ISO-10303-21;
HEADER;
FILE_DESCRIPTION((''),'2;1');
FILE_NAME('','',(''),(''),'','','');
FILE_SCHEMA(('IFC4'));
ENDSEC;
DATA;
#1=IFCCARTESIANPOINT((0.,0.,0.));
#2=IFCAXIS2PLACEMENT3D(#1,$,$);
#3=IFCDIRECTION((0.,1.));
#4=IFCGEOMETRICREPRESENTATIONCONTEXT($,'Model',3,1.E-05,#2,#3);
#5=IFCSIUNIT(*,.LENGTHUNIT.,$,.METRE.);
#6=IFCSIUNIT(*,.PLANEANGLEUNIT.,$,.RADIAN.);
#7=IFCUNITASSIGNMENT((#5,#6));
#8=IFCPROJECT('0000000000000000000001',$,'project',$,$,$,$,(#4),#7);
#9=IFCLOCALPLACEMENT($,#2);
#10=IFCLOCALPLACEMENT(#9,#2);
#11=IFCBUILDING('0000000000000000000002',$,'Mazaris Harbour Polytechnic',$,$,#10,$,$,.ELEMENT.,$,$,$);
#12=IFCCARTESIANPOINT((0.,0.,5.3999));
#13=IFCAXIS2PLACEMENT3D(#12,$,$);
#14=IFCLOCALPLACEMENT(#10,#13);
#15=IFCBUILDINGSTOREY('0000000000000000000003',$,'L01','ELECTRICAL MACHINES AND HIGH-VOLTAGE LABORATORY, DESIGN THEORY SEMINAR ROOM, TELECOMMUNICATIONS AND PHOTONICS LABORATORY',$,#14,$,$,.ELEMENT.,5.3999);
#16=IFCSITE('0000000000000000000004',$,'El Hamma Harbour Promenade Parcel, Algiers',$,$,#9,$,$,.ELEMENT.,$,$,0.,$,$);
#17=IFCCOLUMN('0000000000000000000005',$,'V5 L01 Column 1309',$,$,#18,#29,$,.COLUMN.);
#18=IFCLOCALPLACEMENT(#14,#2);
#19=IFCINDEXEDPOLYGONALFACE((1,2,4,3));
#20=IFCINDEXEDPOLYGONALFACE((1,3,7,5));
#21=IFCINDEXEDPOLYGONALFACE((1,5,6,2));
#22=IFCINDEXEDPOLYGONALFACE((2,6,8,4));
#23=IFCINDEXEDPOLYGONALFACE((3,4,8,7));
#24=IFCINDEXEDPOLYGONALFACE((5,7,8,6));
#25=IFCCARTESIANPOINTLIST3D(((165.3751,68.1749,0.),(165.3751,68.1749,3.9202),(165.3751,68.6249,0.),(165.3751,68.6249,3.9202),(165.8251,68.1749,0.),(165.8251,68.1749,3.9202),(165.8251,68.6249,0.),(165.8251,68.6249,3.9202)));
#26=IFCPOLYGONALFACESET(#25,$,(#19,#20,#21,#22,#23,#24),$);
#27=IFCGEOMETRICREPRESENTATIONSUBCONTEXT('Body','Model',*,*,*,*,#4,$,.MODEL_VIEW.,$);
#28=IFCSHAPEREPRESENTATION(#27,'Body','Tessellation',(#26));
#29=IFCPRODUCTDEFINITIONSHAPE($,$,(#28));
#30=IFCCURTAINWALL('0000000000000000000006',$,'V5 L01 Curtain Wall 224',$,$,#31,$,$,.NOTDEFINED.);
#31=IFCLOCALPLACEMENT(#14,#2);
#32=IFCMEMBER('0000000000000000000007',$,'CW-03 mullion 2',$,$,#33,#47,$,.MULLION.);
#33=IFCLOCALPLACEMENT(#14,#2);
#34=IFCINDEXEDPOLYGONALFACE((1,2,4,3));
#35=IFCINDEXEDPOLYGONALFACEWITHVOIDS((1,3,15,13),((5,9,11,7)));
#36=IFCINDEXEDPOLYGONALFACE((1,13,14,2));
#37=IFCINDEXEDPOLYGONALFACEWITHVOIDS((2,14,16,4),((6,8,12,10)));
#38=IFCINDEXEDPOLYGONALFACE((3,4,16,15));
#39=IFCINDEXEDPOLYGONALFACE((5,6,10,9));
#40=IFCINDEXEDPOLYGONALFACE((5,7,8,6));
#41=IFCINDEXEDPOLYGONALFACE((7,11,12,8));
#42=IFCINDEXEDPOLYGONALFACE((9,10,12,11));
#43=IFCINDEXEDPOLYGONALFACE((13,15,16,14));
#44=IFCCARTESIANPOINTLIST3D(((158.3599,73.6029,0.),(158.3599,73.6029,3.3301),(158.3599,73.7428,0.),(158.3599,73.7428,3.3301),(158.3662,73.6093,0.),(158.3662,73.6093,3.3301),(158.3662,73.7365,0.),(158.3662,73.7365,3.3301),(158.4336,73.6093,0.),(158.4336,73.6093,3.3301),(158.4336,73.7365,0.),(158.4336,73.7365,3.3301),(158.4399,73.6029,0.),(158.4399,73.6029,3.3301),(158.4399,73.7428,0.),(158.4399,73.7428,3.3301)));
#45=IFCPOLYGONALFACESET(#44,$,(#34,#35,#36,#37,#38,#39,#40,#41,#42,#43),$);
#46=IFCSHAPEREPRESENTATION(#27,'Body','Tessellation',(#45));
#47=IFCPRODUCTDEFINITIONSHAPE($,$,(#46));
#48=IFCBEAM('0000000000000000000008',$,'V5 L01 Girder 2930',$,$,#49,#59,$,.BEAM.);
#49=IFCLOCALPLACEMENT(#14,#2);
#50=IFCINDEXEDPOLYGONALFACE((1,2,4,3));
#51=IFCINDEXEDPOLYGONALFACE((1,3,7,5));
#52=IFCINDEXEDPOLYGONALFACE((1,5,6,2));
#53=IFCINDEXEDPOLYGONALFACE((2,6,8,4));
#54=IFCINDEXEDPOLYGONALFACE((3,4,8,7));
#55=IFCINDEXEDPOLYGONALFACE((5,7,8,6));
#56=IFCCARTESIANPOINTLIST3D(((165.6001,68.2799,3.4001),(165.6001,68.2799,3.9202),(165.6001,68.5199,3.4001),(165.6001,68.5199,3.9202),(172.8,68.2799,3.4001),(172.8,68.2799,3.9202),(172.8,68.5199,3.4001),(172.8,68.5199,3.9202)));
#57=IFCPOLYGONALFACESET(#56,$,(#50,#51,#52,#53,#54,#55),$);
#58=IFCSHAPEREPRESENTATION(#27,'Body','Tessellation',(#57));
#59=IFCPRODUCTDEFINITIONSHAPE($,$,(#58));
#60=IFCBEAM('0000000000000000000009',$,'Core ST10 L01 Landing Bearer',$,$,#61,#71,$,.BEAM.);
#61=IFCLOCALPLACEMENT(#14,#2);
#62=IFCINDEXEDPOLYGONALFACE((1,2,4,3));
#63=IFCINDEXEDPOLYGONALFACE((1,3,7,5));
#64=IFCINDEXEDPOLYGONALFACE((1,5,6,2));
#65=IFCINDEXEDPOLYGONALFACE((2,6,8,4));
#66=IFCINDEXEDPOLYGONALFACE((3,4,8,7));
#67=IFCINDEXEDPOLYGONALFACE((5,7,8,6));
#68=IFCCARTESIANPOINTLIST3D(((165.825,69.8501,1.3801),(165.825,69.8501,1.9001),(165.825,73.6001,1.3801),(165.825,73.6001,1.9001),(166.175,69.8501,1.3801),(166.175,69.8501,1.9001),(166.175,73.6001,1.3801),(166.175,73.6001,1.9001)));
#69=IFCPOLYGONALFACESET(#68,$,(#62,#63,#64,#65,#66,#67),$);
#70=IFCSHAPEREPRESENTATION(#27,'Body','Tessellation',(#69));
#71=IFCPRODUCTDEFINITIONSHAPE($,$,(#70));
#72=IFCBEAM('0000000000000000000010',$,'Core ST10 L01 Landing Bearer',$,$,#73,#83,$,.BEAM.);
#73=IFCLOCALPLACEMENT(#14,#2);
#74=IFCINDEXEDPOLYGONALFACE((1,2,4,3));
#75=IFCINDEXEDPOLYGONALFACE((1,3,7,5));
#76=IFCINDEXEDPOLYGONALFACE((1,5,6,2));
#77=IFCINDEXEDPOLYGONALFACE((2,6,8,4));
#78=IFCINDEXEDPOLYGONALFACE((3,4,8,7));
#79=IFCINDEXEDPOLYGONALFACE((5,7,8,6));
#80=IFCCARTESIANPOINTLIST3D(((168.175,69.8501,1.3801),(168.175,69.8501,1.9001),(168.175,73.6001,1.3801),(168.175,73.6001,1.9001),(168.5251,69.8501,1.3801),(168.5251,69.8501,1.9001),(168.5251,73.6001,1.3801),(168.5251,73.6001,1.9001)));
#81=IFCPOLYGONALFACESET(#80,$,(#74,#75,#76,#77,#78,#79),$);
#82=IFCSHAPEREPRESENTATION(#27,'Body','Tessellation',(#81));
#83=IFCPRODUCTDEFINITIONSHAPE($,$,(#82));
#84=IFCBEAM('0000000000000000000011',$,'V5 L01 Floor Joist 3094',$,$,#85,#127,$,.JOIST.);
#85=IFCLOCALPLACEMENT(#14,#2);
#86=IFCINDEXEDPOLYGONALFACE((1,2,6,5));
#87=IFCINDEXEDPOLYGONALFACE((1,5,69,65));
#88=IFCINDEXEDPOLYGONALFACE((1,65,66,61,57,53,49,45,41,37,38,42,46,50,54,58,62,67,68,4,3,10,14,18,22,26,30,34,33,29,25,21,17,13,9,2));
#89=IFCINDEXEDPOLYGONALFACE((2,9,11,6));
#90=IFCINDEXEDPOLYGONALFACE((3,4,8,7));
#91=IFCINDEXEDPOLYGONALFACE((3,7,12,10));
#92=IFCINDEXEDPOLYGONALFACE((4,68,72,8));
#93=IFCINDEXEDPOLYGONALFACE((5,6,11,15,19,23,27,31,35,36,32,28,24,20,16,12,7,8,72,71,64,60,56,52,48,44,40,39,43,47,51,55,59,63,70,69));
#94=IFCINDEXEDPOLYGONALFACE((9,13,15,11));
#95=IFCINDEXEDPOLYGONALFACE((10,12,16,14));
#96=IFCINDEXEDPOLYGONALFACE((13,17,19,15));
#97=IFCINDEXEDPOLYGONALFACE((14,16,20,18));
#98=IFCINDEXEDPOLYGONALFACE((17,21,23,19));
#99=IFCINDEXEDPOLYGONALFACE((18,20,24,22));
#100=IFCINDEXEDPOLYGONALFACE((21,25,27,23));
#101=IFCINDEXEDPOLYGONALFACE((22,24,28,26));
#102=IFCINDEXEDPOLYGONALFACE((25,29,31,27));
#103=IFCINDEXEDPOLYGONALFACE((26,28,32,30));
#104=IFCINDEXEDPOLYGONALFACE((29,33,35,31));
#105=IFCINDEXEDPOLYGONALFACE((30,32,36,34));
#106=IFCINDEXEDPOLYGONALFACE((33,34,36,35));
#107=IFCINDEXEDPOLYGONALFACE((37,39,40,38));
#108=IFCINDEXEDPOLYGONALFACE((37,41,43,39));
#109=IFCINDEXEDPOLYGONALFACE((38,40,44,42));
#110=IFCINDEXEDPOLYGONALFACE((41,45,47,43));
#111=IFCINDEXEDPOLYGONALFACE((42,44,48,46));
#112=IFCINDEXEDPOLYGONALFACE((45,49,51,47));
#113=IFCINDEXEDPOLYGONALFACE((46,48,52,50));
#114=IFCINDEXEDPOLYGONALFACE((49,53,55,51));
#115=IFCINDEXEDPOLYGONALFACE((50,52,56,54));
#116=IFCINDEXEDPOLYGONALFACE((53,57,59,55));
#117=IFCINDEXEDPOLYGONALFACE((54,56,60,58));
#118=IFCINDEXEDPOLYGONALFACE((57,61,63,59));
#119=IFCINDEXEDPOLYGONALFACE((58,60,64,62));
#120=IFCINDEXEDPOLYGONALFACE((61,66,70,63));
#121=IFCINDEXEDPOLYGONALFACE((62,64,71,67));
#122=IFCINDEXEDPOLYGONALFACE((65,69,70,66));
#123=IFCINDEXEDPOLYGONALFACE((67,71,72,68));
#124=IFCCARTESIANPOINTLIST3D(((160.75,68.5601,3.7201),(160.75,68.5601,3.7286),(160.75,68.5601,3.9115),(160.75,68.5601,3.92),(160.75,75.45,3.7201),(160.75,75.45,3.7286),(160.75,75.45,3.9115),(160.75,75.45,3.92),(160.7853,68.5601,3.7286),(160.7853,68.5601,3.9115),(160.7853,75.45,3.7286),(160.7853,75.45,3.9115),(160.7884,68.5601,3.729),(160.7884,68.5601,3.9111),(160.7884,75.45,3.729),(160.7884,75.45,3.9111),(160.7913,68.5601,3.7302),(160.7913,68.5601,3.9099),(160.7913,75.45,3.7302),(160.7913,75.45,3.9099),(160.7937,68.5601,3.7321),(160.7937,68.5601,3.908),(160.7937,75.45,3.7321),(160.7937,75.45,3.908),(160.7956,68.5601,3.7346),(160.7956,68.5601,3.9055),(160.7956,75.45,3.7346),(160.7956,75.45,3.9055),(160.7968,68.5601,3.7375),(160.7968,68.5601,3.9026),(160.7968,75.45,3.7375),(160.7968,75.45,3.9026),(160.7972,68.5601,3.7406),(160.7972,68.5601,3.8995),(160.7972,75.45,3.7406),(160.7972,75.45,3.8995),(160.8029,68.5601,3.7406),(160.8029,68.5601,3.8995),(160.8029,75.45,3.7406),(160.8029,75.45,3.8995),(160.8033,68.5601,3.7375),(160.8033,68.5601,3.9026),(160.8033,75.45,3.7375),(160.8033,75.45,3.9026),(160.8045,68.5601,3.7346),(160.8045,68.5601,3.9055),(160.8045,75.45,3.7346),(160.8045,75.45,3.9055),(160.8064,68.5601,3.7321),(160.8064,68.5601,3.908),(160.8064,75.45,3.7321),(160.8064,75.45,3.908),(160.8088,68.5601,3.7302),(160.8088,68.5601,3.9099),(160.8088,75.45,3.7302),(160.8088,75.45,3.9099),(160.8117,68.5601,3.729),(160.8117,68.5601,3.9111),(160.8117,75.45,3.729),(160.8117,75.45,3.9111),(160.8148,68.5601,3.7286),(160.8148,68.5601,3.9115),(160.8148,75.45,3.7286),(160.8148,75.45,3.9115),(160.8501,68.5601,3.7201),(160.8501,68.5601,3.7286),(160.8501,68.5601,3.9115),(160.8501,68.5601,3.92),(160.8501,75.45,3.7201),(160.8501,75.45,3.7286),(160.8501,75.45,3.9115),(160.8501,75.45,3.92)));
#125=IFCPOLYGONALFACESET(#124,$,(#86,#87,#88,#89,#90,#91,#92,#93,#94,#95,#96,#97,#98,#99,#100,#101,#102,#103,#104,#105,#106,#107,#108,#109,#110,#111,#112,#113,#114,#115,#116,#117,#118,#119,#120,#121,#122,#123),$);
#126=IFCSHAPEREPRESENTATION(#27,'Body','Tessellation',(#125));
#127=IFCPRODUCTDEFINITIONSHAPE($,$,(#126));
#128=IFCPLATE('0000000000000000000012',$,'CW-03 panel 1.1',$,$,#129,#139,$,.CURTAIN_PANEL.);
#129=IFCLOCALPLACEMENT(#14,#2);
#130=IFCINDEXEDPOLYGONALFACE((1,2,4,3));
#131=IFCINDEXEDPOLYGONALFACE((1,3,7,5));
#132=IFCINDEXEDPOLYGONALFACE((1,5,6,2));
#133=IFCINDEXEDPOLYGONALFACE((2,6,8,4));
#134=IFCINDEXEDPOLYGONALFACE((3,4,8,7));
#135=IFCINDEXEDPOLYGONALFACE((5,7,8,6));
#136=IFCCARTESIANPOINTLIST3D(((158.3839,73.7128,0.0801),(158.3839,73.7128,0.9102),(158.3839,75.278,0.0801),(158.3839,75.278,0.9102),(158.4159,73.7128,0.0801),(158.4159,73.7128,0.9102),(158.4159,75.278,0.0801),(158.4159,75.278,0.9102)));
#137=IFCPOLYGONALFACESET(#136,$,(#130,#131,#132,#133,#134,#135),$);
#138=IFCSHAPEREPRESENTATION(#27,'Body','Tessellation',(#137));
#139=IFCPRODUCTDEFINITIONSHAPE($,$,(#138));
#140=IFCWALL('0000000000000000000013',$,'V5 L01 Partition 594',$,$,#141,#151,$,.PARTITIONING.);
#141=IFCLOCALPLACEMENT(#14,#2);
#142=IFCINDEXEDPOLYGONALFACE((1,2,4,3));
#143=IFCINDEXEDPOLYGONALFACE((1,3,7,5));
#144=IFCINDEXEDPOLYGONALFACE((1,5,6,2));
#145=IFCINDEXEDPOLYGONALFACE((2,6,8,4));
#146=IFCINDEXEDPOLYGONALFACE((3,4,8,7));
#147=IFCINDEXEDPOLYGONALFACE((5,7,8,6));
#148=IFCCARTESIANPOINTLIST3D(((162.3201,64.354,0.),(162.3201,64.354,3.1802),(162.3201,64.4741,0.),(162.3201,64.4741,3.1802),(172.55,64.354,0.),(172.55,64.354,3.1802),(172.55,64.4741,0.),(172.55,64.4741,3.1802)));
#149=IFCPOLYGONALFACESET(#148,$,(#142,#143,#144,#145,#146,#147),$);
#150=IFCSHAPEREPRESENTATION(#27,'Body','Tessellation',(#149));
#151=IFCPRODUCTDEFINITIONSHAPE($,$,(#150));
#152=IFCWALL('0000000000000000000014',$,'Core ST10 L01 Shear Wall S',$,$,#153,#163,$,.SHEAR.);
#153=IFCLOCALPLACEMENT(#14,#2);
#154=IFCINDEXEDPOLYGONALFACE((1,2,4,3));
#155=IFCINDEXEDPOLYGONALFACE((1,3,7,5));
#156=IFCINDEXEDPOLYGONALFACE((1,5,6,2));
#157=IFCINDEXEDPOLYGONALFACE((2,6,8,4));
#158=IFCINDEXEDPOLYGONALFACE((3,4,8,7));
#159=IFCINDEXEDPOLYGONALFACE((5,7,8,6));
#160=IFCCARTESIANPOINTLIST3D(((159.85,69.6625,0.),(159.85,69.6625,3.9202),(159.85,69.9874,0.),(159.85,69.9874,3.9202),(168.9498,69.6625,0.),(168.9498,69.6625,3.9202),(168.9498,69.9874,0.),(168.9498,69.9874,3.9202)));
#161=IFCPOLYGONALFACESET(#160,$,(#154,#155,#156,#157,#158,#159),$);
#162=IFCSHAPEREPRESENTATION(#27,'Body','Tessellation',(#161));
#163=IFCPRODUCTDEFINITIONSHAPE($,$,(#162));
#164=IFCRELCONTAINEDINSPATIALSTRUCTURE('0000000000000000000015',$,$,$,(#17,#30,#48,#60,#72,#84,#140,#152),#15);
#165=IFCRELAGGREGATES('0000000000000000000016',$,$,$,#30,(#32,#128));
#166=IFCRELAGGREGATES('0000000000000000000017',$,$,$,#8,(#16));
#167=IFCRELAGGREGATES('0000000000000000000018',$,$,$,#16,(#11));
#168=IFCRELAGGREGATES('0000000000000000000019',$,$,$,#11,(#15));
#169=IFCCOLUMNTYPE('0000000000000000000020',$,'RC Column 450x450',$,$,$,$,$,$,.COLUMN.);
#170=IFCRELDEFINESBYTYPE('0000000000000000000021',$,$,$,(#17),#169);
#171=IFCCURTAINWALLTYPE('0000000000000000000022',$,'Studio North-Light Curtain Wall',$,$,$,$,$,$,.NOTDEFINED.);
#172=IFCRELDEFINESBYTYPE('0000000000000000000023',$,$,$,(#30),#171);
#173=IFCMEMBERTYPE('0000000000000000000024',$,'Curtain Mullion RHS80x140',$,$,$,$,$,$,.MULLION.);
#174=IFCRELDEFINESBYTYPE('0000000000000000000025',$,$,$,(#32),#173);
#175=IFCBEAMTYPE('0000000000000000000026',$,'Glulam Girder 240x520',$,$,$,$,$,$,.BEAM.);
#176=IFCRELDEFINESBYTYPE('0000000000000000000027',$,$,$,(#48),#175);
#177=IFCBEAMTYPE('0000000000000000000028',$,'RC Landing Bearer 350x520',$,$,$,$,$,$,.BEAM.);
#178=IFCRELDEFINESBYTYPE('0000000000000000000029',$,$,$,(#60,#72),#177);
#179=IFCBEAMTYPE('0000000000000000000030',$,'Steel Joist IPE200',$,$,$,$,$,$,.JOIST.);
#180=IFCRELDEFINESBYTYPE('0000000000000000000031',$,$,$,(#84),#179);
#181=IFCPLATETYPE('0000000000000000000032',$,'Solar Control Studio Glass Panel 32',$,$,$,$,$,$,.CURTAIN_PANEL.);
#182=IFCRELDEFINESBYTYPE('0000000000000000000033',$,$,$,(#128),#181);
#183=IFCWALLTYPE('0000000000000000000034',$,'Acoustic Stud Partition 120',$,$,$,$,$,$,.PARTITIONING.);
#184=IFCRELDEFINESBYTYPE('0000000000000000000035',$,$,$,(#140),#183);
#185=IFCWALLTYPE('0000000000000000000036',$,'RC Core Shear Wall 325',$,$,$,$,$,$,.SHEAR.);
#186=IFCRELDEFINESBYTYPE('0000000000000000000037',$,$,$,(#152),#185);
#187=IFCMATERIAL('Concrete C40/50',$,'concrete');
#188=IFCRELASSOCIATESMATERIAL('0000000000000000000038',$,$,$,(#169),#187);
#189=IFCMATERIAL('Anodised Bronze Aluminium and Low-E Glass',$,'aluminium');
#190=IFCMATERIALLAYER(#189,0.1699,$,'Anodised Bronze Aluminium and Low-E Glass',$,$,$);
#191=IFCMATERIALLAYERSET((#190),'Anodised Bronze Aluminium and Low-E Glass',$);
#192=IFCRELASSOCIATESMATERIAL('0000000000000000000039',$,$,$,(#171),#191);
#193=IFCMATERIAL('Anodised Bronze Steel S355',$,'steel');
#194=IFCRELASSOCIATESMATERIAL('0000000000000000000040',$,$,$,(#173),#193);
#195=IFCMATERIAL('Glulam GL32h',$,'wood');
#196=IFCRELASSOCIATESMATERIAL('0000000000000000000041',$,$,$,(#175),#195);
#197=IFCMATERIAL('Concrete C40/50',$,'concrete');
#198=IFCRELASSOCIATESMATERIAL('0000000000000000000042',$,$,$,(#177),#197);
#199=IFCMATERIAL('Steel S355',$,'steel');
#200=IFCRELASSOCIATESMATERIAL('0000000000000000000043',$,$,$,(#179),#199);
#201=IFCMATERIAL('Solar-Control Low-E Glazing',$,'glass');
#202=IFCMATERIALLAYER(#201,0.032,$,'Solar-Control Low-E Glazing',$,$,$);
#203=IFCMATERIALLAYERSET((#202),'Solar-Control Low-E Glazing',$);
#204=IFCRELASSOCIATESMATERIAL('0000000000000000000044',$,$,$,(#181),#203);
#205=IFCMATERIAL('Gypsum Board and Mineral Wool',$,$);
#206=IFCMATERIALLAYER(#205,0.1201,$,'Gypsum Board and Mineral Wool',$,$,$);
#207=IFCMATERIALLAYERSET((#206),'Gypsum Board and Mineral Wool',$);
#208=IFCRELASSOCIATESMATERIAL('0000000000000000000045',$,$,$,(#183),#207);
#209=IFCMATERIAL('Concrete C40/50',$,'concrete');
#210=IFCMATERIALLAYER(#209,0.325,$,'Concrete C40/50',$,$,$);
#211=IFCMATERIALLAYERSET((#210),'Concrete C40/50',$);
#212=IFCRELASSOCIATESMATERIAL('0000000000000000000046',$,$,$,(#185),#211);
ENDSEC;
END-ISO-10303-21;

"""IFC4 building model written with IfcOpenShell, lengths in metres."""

from ifc_helpers import new_model, si_unit, direction, frame, frame_2d, origin, origin_2d, place, context, subcontext, project, spatial, rectangle, hollow_rectangle, i_section, extrude, material, layer, layer_set, material_profile, profile_set, type_object, element, aggregate, save


model = new_model("IFC4")

# Units and contexts
model_context = context("Model", 3, precision=1e-05, world=origin(), true_north=direction((0.0, 1.0)))
body_context = subcontext(model_context, "Body", "Model", "MODEL_VIEW")
ifc_project = project(units=[si_unit("LENGTHUNIT", "METRE"), si_unit("PLANEANGLEUNIT", "RADIAN")], contexts=[model_context])

# Site, building, storey
site_placement = place(None, origin())
site = spatial("IfcSite", under=ifc_project, at=site_placement, Name="El Hamma Harbour Promenade Parcel, Algiers", CompositionType="ELEMENT", RefElevation=0.0)
building_placement = place(site_placement, origin())
building = spatial("IfcBuilding", under=site, at=building_placement, Name="Mazaris Harbour Polytechnic", CompositionType="ELEMENT")
storey_placement = place(building_placement, frame((0.0, 0.0, 5.3999)))
storey = spatial("IfcBuildingStorey", under=building, at=storey_placement, Name="L01", Description="ELECTRICAL MACHINES AND HIGH-VOLTAGE LABORATORY, DESIGN THEORY SEMINAR ROOM, TELECOMMUNICATIONS AND PHOTONICS LABORATORY", CompositionType="ELEMENT", Elevation=5.3999)

# Column
ifc_material_1 = material(Name="Concrete C40/50", Category="concrete")
ifc_material_profile_1 = material_profile(ifc_material_1, rectangle(XDim=0.45, YDim=0.45, at=origin_2d()), Name="RECT450x450")
ifc_profile_set_1 = profile_set([ifc_material_profile_1], Name="Concrete C40/50")
column_type = type_object("IfcColumnType", Name="RC Column 450x450", PredefinedType="COLUMN", material=ifc_profile_set_1)
column_placement = place(storey_placement, frame((165.6001, 68.3999, 0.0), z_axis=(0.0, 0.0, 1.0), x_axis=(1.0, 0.0, 0.0)))
element("IfcColumn", 1, at=column_placement, inside=storey, type_object=column_type, Name="V5 L01 Column 1309", PredefinedType="COLUMN", context=body_context, shape_type="SweptSolid", body=[
    extrude(rectangle(XDim=0.45, YDim=0.45, at=origin_2d()), origin(), (0.0, 0.0, 1.0), 3.9202),
])

# Curtain wall, member
ifc_material_2 = material(Name="Anodised Bronze Aluminium and Low-E Glass", Category="aluminium")
ifc_layer_1 = layer(ifc_material_2, 0.1699, Name="Anodised Bronze Aluminium and Low-E Glass")
ifc_layer_set_1 = layer_set([ifc_layer_1], Name="Anodised Bronze Aluminium and Low-E Glass")
curtain_wall_type = type_object("IfcCurtainWallType", Name="Studio North-Light Curtain Wall", PredefinedType="NOTDEFINED", material=ifc_layer_set_1)
curtain_wall_placement = place(storey_placement, origin())
curtain_wall = element("IfcCurtainWall", 2, at=curtain_wall_placement, inside=storey, type_object=curtain_wall_type, Name="V5 L01 Curtain Wall 224", PredefinedType="NOTDEFINED")
ifc_material_3 = material(Name="Anodised Bronze Steel S355", Category="steel")
ifc_material_profile_2 = material_profile(ifc_material_3, hollow_rectangle(XDim=0.0801, YDim=0.1399, WallThickness=0.0063, at=origin_2d()), Name="RHS 80x140x6.3")
ifc_profile_set_2 = profile_set([ifc_material_profile_2], Name="Anodised Bronze Steel S355")
member_type = type_object("IfcMemberType", Name="Curtain Mullion RHS80x140", PredefinedType="MULLION", material=ifc_profile_set_2)
member_placement = place(storey_placement, frame((158.3999, 73.6729, 0.0), z_axis=(0.0, 0.0, 1.0), x_axis=(1.0, 0.0, 0.0)))
member = element("IfcMember", 3, at=member_placement, type_object=member_type, Name="CW-03 mullion 2", PredefinedType="MULLION", context=body_context, shape_type="SweptSolid", body=[
    extrude(hollow_rectangle(XDim=0.0801, YDim=0.1399, WallThickness=0.0063, at=origin_2d()), origin(), (0.0, 0.0, 1.0), 3.3301),
])

# Beams
ifc_material_4 = material(Name="Glulam GL32h", Category="wood")
ifc_material_profile_3 = material_profile(ifc_material_4, rectangle(XDim=0.24, YDim=0.52, at=origin_2d()), Name="RECT240x520")
ifc_profile_set_3 = profile_set([ifc_material_profile_3], Name="Glulam GL32h")
beam_type_1 = type_object("IfcBeamType", Name="Glulam Girder 240x520", PredefinedType="BEAM", material=ifc_profile_set_3)
beam_1_placement = place(storey_placement, frame((165.6001, 68.3999, 3.6602), z_axis=(1.0, 0.0, 0.0), x_axis=(0.0, 1.0, 0.0)))
element("IfcBeam", 4, at=beam_1_placement, inside=storey, type_object=beam_type_1, Name="V5 L01 Girder 2930", PredefinedType="BEAM", context=body_context, shape_type="SweptSolid", body=[
    extrude(rectangle(XDim=0.24, YDim=0.52, at=origin_2d()), origin(), (0.0, 0.0, 1.0), 7.2),
])
ifc_material_5 = material(Name="Concrete C40/50", Category="concrete")
ifc_material_profile_4 = material_profile(ifc_material_5, rectangle(XDim=0.3501, YDim=0.52, at=origin_2d()), Name="RECT350x520")
ifc_profile_set_4 = profile_set([ifc_material_profile_4], Name="Concrete C40/50")
beam_type_2 = type_object("IfcBeamType", Name="RC Landing Bearer 350x520", PredefinedType="BEAM", material=ifc_profile_set_4)
for number, where, z_axis, x_axis, name in (
    (5, (166.0, 69.8501, 1.6401), (0.0, 1.0, 0.0), (-1.0, 0.0, 0.0), "Core ST10 L01 Landing Bearer"),
    (6, (168.3501, 69.8501, 1.6401), (0.0, 1.0, 0.0), (-1.0, 0.0, 0.0), "Core ST10 L01 Landing Bearer"),
):
    element("IfcBeam", number, at=place(storey_placement, frame(where, z_axis=z_axis, x_axis=x_axis)), inside=storey, type_object=beam_type_2, Name=name, PredefinedType="BEAM", context=body_context, shape_type="SweptSolid", body=[
        extrude(rectangle(XDim=0.3501, YDim=0.52, at=origin_2d()), origin(), (0.0, 0.0, 1.0), 3.75),
    ])
ifc_material_6 = material(Name="Steel S355", Category="steel")
ifc_material_profile_5 = material_profile(ifc_material_6, i_section(OverallWidth=0.1001, OverallDepth=0.2, WebThickness=0.0056, FlangeThickness=0.0085, FilletRadius=0.012, at=origin_2d()), Name="IPE 200")
ifc_profile_set_5 = profile_set([ifc_material_profile_5], Name="Steel S355")
beam_type_3 = type_object("IfcBeamType", Name="Steel Joist IPE200", PredefinedType="JOIST", material=ifc_profile_set_5)
beam_2_placement = place(storey_placement, frame((160.8, 68.5601, 3.8201), z_axis=(0.0, 1.0, 0.0), x_axis=(-1.0, 0.0, 0.0)))
element("IfcBeam", 7, at=beam_2_placement, inside=storey, type_object=beam_type_3, Name="V5 L01 Floor Joist 3094", PredefinedType="JOIST", context=body_context, shape_type="SweptSolid", body=[
    extrude(i_section(OverallWidth=0.1001, OverallDepth=0.2, WebThickness=0.0056, FlangeThickness=0.0085, FilletRadius=0.012, at=origin_2d()), origin(), (0.0, 0.0, 1.0), 6.8899),
])

# Plate
ifc_material_7 = material(Name="Solar-Control Low-E Glazing", Category="glass")
ifc_layer_2 = layer(ifc_material_7, 0.032, Name="Solar-Control Low-E Glazing")
ifc_layer_set_2 = layer_set([ifc_layer_2], Name="Solar-Control Low-E Glazing")
plate_type = type_object("IfcPlateType", Name="Solar Control Studio Glass Panel 32", PredefinedType="CURTAIN_PANEL", material=ifc_layer_set_2)
plate_placement = place(storey_placement, frame((158.3999, 74.4954, 0.0801), z_axis=(0.0, 0.0, 1.0), x_axis=(0.0, -1.0, 0.0)))
plate = element("IfcPlate", 8, at=plate_placement, type_object=plate_type, Name="CW-03 panel 1.1", PredefinedType="CURTAIN_PANEL", context=body_context, shape_type="SweptSolid", body=[
    extrude(rectangle(XDim=1.5652, YDim=0.032, at=origin_2d()), origin(), (0.0, 0.0, 1.0), 0.8301),
])
aggregate(curtain_wall, [member, plate])

# Walls
ifc_material_8 = material(Name="Gypsum Board and Mineral Wool")
ifc_layer_3 = layer(ifc_material_8, 0.1201, Name="Gypsum Board and Mineral Wool")
ifc_layer_set_3 = layer_set([ifc_layer_3], Name="Gypsum Board and Mineral Wool")
wall_type_1 = type_object("IfcWallType", Name="Acoustic Stud Partition 120", PredefinedType="PARTITIONING", material=ifc_layer_set_3)
wall_1_placement = place(storey_placement, frame((162.3201, 64.4141, 0.0), z_axis=(0.0, 0.0, 1.0), x_axis=(1.0, 0.0, 0.0)))
element("IfcWall", 9, at=wall_1_placement, inside=storey, type_object=wall_type_1, Name="V5 L01 Partition 594", PredefinedType="PARTITIONING", context=body_context, shape_type="SweptSolid", body=[
    extrude(rectangle(XDim=10.23, YDim=0.1201, at=frame_2d((5.115, 0.0))), origin(), (0.0, 0.0, 1.0), 3.1802),
])
ifc_material_9 = material(Name="Concrete C40/50", Category="concrete")
ifc_layer_4 = layer(ifc_material_9, 0.325, Name="Concrete C40/50")
ifc_layer_set_4 = layer_set([ifc_layer_4], Name="Concrete C40/50")
wall_type_2 = type_object("IfcWallType", Name="RC Core Shear Wall 325", PredefinedType="SHEAR", material=ifc_layer_set_4)
wall_2_placement = place(storey_placement, frame((159.8501, 69.825, 0.0), z_axis=(0.0, 0.0, 1.0), x_axis=(1.0, 0.0, 0.0)))
element("IfcWall", 10, at=wall_2_placement, inside=storey, type_object=wall_type_2, Name="Core ST10 L01 Shear Wall S", PredefinedType="SHEAR", context=body_context, shape_type="SweptSolid", body=[
    extrude(rectangle(XDim=9.0999, YDim=0.325, at=frame_2d((4.5498, 0.0))), origin(), (0.0, 0.0, 1.0), 3.9202),
])

save(model, "model.ifc")
